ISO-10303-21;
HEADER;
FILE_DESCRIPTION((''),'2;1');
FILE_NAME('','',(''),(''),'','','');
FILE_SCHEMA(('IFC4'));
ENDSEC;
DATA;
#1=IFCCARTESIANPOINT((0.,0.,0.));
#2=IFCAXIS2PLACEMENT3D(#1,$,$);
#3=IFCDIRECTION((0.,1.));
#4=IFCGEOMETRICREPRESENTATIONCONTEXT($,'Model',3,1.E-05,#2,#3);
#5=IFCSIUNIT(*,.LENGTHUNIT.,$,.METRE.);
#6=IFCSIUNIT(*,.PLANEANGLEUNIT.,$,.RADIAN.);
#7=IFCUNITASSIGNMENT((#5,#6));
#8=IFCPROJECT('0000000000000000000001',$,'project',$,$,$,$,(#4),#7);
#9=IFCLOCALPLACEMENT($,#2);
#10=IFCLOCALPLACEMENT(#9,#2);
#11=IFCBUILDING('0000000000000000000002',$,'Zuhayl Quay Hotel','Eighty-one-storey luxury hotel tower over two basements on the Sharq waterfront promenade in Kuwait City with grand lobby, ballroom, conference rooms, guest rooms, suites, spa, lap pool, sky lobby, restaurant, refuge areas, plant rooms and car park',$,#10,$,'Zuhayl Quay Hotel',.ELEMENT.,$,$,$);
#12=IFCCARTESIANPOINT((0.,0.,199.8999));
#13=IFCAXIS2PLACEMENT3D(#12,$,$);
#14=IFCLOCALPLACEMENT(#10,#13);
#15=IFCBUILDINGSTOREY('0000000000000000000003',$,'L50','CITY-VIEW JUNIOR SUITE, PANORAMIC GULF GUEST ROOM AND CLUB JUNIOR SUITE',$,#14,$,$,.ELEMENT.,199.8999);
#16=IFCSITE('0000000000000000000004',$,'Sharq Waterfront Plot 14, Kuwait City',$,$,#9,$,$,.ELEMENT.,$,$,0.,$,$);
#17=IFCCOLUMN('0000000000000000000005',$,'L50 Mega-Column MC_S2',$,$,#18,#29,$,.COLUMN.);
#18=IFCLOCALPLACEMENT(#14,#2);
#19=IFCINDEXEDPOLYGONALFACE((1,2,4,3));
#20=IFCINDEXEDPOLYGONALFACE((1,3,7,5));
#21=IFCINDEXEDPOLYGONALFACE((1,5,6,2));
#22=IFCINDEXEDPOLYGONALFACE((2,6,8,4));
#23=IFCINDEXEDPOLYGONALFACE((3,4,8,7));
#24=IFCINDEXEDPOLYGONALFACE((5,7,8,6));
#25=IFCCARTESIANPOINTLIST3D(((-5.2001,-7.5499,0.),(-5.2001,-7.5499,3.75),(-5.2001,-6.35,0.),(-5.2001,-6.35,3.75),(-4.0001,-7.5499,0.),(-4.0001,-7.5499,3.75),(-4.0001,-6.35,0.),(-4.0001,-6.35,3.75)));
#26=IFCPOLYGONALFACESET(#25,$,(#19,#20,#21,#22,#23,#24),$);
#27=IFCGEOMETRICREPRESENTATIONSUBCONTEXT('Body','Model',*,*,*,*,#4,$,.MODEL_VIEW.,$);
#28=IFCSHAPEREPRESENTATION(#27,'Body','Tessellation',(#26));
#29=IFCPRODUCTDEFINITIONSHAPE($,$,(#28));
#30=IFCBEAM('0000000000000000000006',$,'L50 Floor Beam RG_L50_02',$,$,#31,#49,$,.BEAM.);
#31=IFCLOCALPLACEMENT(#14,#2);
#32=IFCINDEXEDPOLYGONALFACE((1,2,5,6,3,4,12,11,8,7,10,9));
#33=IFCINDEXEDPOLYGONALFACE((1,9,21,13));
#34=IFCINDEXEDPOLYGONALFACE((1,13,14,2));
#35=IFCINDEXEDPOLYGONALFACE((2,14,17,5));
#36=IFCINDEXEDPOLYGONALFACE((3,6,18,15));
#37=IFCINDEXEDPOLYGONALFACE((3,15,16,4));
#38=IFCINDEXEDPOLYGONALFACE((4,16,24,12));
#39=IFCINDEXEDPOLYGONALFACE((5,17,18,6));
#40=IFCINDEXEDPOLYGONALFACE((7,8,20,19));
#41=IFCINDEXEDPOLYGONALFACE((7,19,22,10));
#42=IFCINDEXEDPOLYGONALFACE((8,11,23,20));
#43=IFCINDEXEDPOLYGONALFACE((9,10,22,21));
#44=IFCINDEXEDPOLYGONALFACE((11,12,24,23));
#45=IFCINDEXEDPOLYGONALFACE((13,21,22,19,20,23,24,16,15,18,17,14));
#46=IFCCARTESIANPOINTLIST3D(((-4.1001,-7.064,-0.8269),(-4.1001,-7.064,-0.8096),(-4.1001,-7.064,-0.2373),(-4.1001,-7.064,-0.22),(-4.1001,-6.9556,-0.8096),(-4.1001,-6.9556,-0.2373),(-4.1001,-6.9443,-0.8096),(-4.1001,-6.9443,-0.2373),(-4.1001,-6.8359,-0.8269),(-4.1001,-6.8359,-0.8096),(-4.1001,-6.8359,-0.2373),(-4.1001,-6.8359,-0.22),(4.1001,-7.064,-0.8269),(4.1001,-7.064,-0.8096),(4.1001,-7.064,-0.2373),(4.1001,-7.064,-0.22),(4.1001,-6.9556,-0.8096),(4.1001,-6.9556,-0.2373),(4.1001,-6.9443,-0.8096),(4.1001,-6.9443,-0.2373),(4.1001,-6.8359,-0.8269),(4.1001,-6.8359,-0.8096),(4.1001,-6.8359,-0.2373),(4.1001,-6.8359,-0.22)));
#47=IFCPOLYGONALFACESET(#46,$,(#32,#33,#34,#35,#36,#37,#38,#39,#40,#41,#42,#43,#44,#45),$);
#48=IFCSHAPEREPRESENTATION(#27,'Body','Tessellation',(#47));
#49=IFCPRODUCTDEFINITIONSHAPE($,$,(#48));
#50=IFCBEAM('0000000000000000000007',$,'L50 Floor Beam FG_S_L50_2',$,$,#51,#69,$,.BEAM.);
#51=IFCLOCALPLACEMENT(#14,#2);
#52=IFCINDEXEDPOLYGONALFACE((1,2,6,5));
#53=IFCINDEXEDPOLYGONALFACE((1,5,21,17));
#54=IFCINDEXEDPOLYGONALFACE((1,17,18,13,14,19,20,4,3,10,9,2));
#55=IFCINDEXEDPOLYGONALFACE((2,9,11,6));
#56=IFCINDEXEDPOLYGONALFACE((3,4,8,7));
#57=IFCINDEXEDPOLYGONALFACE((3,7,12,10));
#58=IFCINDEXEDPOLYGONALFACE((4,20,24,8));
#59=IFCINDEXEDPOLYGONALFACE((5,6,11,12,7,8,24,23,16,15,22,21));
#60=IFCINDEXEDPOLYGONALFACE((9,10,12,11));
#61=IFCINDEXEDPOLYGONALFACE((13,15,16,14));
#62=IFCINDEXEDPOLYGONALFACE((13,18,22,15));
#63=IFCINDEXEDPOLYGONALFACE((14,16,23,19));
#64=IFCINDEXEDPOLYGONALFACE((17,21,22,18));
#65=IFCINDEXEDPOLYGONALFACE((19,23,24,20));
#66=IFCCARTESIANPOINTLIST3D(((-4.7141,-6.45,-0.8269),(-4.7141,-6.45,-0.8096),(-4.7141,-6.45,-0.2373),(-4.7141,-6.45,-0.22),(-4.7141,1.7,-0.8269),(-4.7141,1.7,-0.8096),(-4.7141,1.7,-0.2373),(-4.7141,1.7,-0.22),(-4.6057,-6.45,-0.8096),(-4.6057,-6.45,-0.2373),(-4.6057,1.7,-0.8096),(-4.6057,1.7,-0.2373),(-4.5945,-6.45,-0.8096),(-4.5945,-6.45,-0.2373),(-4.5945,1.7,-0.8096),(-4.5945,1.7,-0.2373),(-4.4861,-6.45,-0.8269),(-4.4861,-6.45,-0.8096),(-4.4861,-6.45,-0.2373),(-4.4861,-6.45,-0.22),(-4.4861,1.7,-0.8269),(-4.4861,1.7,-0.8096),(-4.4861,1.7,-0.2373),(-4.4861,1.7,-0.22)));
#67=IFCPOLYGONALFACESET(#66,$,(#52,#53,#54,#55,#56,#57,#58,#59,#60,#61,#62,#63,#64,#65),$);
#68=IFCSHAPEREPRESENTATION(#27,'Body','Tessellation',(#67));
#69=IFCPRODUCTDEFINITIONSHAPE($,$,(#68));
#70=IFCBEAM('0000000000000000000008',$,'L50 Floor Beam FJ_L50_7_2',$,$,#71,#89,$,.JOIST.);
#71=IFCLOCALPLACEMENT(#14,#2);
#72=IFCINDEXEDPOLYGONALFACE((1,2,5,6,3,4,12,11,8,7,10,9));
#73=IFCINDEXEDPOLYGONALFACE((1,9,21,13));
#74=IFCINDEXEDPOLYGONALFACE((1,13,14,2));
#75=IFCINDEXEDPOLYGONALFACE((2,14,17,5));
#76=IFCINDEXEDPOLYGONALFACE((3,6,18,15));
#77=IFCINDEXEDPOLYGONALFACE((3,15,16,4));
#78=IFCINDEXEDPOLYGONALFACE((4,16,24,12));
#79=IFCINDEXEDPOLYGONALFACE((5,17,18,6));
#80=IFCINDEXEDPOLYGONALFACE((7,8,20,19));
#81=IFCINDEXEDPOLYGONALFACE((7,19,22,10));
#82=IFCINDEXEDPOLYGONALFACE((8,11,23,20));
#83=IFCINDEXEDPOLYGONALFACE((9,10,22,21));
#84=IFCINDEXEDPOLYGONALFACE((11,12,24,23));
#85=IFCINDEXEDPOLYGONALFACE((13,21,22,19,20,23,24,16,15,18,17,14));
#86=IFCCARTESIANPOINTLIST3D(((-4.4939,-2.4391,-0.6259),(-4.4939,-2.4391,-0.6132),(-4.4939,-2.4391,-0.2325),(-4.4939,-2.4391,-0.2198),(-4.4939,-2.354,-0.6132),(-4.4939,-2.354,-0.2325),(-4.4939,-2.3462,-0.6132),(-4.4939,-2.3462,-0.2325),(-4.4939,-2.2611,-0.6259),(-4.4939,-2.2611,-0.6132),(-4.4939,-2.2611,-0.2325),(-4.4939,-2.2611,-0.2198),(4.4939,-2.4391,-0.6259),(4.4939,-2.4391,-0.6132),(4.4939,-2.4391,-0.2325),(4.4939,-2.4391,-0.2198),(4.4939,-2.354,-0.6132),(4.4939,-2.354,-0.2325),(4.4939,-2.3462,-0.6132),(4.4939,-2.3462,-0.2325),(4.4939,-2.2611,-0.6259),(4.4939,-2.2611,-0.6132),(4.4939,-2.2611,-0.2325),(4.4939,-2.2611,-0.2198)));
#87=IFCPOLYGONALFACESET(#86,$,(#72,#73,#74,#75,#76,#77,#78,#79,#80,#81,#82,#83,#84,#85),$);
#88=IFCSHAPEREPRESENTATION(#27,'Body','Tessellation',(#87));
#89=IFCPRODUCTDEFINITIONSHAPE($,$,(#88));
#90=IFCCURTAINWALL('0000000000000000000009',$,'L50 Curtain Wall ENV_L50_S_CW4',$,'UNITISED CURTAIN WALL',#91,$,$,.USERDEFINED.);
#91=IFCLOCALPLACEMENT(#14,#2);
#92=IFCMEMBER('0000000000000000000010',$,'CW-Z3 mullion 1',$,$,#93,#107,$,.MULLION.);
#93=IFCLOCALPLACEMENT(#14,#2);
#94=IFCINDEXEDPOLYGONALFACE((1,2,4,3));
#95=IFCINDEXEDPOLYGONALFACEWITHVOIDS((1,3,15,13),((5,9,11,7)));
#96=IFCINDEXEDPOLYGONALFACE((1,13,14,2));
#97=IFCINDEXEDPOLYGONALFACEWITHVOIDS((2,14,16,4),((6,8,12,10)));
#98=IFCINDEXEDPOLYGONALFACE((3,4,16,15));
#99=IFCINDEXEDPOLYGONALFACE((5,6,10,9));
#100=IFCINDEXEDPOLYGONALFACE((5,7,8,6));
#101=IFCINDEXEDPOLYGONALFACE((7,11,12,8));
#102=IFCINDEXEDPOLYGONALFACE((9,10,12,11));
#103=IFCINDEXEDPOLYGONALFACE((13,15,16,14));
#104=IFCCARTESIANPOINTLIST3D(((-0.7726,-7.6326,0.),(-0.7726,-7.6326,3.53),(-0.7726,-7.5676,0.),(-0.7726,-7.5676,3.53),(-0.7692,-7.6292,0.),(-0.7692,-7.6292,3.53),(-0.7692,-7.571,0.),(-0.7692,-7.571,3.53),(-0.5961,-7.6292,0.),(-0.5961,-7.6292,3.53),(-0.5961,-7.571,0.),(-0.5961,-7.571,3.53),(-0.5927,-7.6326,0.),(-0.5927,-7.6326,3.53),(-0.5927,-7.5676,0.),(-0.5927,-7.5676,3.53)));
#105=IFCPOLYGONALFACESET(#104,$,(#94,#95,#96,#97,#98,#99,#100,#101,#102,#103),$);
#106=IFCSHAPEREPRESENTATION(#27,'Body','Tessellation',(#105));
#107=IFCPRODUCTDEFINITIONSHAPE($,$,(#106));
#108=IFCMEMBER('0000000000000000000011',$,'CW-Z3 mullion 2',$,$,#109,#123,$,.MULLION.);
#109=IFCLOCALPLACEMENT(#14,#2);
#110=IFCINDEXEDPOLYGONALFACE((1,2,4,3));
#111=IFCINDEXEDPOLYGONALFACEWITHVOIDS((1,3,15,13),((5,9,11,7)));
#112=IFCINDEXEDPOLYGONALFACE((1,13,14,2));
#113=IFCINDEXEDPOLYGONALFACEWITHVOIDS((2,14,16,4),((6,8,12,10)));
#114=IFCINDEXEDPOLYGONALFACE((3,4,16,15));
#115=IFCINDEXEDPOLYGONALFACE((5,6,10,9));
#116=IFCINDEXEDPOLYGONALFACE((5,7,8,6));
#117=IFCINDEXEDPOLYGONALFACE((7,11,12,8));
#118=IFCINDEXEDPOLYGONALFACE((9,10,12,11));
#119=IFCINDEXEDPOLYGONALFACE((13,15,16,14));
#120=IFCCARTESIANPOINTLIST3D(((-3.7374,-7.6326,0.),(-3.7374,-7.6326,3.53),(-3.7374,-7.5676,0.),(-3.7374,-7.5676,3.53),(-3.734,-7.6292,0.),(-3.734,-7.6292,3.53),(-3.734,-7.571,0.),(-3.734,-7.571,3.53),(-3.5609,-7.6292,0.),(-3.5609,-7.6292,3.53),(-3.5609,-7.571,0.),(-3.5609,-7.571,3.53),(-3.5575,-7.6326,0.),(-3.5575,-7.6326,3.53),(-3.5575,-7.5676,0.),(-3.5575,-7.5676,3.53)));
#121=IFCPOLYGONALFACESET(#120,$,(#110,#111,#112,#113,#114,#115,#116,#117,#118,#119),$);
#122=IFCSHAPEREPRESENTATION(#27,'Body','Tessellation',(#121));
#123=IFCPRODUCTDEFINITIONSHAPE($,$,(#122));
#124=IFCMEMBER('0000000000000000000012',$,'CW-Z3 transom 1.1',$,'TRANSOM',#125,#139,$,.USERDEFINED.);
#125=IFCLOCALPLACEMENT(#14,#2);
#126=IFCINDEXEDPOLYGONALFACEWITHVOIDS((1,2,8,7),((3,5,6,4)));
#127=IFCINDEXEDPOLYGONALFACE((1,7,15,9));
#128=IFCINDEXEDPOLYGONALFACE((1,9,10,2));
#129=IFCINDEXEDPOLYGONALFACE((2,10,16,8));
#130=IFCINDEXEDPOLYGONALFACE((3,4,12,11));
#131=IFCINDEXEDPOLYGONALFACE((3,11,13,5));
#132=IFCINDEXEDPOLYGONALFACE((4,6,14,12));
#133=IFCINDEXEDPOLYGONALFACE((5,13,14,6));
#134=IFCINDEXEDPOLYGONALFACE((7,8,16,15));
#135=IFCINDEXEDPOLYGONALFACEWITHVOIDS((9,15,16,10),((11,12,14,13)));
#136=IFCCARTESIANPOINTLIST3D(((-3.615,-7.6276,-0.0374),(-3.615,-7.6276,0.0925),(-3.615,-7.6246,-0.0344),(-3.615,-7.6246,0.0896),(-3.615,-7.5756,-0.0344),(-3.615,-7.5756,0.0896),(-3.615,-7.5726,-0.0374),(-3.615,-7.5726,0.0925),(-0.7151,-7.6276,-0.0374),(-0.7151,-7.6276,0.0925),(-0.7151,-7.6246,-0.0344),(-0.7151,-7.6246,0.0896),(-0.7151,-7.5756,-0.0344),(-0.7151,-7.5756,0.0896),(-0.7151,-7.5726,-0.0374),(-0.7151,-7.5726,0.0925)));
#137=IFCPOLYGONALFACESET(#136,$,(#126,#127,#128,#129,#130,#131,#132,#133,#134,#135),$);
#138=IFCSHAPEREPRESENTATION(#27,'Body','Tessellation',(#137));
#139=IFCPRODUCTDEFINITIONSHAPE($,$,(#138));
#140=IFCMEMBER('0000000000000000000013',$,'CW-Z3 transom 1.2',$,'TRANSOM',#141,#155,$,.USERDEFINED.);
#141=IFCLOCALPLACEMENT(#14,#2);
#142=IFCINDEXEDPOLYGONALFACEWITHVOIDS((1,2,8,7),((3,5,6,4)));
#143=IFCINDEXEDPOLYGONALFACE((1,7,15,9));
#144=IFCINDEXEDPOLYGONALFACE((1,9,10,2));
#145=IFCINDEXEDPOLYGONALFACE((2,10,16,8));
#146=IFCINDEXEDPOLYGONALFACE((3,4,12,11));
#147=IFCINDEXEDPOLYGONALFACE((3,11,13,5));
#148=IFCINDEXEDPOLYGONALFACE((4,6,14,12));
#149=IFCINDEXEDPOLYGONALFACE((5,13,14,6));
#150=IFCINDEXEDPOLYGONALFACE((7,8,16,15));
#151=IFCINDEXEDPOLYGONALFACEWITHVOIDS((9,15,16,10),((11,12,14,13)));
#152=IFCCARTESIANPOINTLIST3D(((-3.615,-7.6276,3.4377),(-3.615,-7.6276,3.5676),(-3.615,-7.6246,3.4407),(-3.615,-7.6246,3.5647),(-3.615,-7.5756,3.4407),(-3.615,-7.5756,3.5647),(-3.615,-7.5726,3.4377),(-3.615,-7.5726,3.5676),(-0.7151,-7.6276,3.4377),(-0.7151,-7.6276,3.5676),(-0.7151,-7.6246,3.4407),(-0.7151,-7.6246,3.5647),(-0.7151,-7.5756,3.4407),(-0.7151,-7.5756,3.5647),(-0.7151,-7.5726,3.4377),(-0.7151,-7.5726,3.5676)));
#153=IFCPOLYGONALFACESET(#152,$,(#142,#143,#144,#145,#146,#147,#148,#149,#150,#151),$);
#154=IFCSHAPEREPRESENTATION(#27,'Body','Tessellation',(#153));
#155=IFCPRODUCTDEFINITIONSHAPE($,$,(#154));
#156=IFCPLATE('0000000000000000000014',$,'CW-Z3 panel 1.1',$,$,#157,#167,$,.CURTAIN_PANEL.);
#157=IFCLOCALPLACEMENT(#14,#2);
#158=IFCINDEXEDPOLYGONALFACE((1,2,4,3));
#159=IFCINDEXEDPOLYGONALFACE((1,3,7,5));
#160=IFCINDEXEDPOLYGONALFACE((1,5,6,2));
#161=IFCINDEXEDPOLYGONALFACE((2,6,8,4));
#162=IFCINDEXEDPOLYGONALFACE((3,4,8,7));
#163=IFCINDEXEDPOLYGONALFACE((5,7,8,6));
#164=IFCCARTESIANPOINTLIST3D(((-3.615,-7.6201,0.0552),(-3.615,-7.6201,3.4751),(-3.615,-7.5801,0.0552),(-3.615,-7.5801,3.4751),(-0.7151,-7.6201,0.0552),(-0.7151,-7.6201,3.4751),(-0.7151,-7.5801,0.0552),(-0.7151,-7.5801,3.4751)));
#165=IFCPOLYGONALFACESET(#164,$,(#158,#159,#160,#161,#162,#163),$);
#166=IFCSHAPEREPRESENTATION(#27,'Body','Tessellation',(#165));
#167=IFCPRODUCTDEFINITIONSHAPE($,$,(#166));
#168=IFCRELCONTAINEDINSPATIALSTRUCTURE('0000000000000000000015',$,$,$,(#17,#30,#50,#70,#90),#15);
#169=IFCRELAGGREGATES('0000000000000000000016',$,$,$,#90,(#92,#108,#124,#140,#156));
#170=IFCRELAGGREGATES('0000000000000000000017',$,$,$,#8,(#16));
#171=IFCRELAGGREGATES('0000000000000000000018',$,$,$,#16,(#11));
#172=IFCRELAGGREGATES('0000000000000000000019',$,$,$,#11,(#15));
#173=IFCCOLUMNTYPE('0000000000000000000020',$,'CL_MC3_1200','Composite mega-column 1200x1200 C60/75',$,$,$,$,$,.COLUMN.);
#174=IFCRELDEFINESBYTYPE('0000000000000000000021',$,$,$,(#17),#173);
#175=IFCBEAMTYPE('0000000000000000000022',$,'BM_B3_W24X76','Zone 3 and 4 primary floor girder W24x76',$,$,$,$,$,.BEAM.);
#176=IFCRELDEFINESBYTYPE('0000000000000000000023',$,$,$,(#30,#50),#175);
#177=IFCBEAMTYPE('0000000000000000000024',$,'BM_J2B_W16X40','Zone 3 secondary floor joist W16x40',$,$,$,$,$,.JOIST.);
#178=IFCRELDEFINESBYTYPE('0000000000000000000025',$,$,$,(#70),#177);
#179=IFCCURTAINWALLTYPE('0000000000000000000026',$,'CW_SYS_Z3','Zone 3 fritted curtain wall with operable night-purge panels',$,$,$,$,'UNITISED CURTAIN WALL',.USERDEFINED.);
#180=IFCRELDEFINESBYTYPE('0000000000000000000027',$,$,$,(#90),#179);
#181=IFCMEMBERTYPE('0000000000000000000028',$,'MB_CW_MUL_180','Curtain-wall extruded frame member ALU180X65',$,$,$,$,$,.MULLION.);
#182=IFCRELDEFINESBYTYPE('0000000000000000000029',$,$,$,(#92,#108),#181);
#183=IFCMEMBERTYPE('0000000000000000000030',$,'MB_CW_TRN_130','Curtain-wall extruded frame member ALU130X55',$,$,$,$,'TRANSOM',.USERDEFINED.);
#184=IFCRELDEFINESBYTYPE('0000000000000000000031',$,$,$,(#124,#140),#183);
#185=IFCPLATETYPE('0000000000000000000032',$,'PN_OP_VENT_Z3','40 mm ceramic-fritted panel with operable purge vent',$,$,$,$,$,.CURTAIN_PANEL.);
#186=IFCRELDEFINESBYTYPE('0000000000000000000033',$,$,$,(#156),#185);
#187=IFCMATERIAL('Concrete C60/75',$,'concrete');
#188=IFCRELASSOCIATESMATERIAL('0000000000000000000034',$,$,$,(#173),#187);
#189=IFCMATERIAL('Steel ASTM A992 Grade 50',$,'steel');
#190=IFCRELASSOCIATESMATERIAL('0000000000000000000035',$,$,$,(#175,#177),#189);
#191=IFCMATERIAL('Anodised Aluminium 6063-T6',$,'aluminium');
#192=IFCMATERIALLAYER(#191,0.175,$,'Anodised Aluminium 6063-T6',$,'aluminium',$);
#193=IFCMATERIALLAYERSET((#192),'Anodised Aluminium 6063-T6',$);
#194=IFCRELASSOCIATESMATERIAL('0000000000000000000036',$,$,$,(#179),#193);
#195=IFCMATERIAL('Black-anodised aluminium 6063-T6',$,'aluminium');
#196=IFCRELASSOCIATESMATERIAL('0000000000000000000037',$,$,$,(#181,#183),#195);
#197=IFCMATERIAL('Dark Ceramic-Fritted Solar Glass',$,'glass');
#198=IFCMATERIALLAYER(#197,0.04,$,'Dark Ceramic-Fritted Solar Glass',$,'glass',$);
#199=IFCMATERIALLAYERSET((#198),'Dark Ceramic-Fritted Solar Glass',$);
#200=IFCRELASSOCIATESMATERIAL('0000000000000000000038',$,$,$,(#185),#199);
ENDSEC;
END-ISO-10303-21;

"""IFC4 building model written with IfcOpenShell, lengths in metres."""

from ifc_helpers import new_model, si_unit, direction, frame, origin, origin_2d, place, context, subcontext, project, spatial, rectangle, hollow_rectangle, i_section, extrude, material, layer, layer_set, material_profile, profile_set, type_object, element, aggregate, save


model = new_model("IFC4")

# Units and contexts
model_context = context("Model", 3, precision=1e-05, world=origin(), true_north=direction((0.0, 1.0)))
body_context = subcontext(model_context, "Body", "Model", "MODEL_VIEW")
ifc_project = project(units=[si_unit("LENGTHUNIT", "METRE"), si_unit("PLANEANGLEUNIT", "RADIAN")], contexts=[model_context])

# Site, building, storey
site_placement = place(None, origin())
site = spatial("IfcSite", under=ifc_project, at=site_placement, Name="Sharq Waterfront Plot 14, Kuwait City", CompositionType="ELEMENT", RefElevation=0.0)
building_placement = place(site_placement, origin())
building = spatial("IfcBuilding", under=site, at=building_placement, Name="Zuhayl Quay Hotel", Description="Eighty-one-storey luxury hotel tower over two basements on the Sharq waterfront promenade in Kuwait City with grand lobby, ballroom, conference rooms, guest rooms, suites, spa, lap pool, sky lobby, restaurant, refuge areas, plant rooms and car park", LongName="Zuhayl Quay Hotel", CompositionType="ELEMENT")
storey_placement = place(building_placement, frame((0.0, 0.0, 199.8999)))
storey = spatial("IfcBuildingStorey", under=building, at=storey_placement, Name="L50", Description="CITY-VIEW JUNIOR SUITE, PANORAMIC GULF GUEST ROOM AND CLUB JUNIOR SUITE", CompositionType="ELEMENT", Elevation=199.8999)

# Column
ifc_material_1 = material(Name="Concrete C60/75", Category="concrete")
ifc_material_profile_1 = material_profile(ifc_material_1, rectangle(XDim=1.2, YDim=1.2, at=origin_2d()), Name="RC1200X1200")
ifc_profile_set_1 = profile_set([ifc_material_profile_1], Name="Concrete C60/75")
column_type = type_object("IfcColumnType", Name="CL_MC3_1200", Description="Composite mega-column 1200x1200 C60/75", PredefinedType="COLUMN", material=ifc_profile_set_1)
column_placement = place(storey_placement, frame((-4.6001, -6.95, 0.0), z_axis=(0.0, 0.0, 1.0), x_axis=(1.0, 0.0, 0.0)))
element("IfcColumn", 1, at=column_placement, inside=storey, type_object=column_type, Name="L50 Mega-Column MC_S2", PredefinedType="COLUMN", context=body_context, shape_type="SweptSolid", body=[
    extrude(rectangle(XDim=1.2, YDim=1.2, at=origin_2d()), origin(), (0.0, 0.0, 1.0), 3.75),
])

# Beams
ifc_material_2 = material(Name="Steel ASTM A992 Grade 50", Category="steel")
ifc_material_profile_2 = material_profile(ifc_material_2, i_section(OverallWidth=0.228, OverallDepth=0.6069, WebThickness=0.0112, FlangeThickness=0.0173, at=origin_2d()), Name="W24X76")
ifc_profile_set_2 = profile_set([ifc_material_profile_2], Name="Steel ASTM A992 Grade 50")
beam_type_1 = type_object("IfcBeamType", Name="BM_B3_W24X76", Description="Zone 3 and 4 primary floor girder W24x76", PredefinedType="BEAM", material=ifc_profile_set_2)
beam_1_placement = place(storey_placement, frame((-4.1001, -6.95, -0.5234), z_axis=(1.0, 0.0, 0.0), x_axis=(0.0, 1.0, 0.0)))
element("IfcBeam", 2, at=beam_1_placement, inside=storey, type_object=beam_type_1, Name="L50 Floor Beam RG_L50_02", PredefinedType="BEAM", context=body_context, shape_type="SweptSolid", body=[
    extrude(i_section(OverallWidth=0.228, OverallDepth=0.6069, WebThickness=0.0112, FlangeThickness=0.0173, at=origin_2d()), origin(), (0.0, 0.0, 1.0), 8.2002),
])
beam_2_placement = place(storey_placement, frame((-4.6001, -6.45, -0.5234), z_axis=(0.0, 1.0, 0.0), x_axis=(-1.0, 0.0, 0.0)))
element("IfcBeam", 3, at=beam_2_placement, inside=storey, type_object=beam_type_1, Name="L50 Floor Beam FG_S_L50_2", PredefinedType="BEAM", context=body_context, shape_type="SweptSolid", body=[
    extrude(i_section(OverallWidth=0.228, OverallDepth=0.6069, WebThickness=0.0112, FlangeThickness=0.0173, at=origin_2d()), origin(), (0.0, 0.0, 1.0), 8.1499),
])
ifc_material_profile_3 = material_profile(ifc_material_2, i_section(OverallWidth=0.178, OverallDepth=0.406, WebThickness=0.0078, FlangeThickness=0.0127, at=origin_2d()), Name="W16X40")
ifc_profile_set_3 = profile_set([ifc_material_profile_3], Name="Steel ASTM A992 Grade 50")
beam_type_2 = type_object("IfcBeamType", Name="BM_J2B_W16X40", Description="Zone 3 secondary floor joist W16x40", PredefinedType="JOIST", material=ifc_profile_set_3)
beam_3_placement = place(storey_placement, frame((-4.4939, -2.3501, -0.4229), z_axis=(1.0, 0.0, 0.0), x_axis=(0.0, 1.0, 0.0)))
element("IfcBeam", 4, at=beam_3_placement, inside=storey, type_object=beam_type_2, Name="L50 Floor Beam FJ_L50_7_2", PredefinedType="JOIST", context=body_context, shape_type="SweptSolid", body=[
    extrude(i_section(OverallWidth=0.178, OverallDepth=0.406, WebThickness=0.0078, FlangeThickness=0.0127, at=origin_2d()), origin(), (0.0, 0.0, 1.0), 8.9878),
])

# Curtain wall, members, plate
ifc_material_3 = material(Name="Anodised Aluminium 6063-T6", Category="aluminium")
ifc_layer_1 = layer(ifc_material_3, 0.175, Name="Anodised Aluminium 6063-T6", Category="aluminium")
ifc_layer_set_1 = layer_set([ifc_layer_1], Name="Anodised Aluminium 6063-T6")
curtain_wall_type = type_object("IfcCurtainWallType", Name="CW_SYS_Z3", Description="Zone 3 fritted curtain wall with operable night-purge panels", ElementType="UNITISED CURTAIN WALL", PredefinedType="USERDEFINED", material=ifc_layer_set_1)
curtain_wall_placement = place(storey_placement, origin())
curtain_wall = element("IfcCurtainWall", 5, at=curtain_wall_placement, inside=storey, type_object=curtain_wall_type, Name="L50 Curtain Wall ENV_L50_S_CW4", ObjectType="UNITISED CURTAIN WALL", PredefinedType="USERDEFINED")
ifc_material_4 = material(Name="Black-anodised aluminium 6063-T6", Category="aluminium")
ifc_material_profile_4 = material_profile(ifc_material_4, hollow_rectangle(XDim=0.0649, YDim=0.1799, WallThickness=0.0034, at=origin_2d()), Name="ALU180X65")
ifc_profile_set_4 = profile_set([ifc_material_profile_4], Name="Black-anodised aluminium 6063-T6")
member_type_1 = type_object("IfcMemberType", Name="MB_CW_MUL_180", Description="Curtain-wall extruded frame member ALU180X65", PredefinedType="MULLION", material=ifc_profile_set_4)
member_1_placement = place(storey_placement, frame((-0.6826, -7.6001, 0.0), z_axis=(0.0, 0.0, 1.0), x_axis=(0.0, -1.0, 0.0)))
member_1 = element("IfcMember", 6, at=member_1_placement, type_object=member_type_1, Name="CW-Z3 mullion 1", PredefinedType="MULLION", context=body_context, shape_type="SweptSolid", body=[
    extrude(hollow_rectangle(XDim=0.0649, YDim=0.1799, WallThickness=0.0034, at=origin_2d()), origin(), (0.0, 0.0, 1.0), 3.53),
])
member_2_placement = place(storey_placement, frame((-3.6475, -7.6001, 0.0), z_axis=(0.0, 0.0, 1.0), x_axis=(0.0, -1.0, 0.0)))
member_2 = element("IfcMember", 7, at=member_2_placement, type_object=member_type_1, Name="CW-Z3 mullion 2", PredefinedType="MULLION", context=body_context, shape_type="SweptSolid", body=[
    extrude(hollow_rectangle(XDim=0.0649, YDim=0.1799, WallThickness=0.0034, at=origin_2d()), origin(), (0.0, 0.0, 1.0), 3.53),
])
ifc_material_profile_5 = material_profile(ifc_material_4, hollow_rectangle(XDim=0.0549, YDim=0.1299, WallThickness=0.0029, at=origin_2d()), Name="ALU130X55")
ifc_profile_set_5 = profile_set([ifc_material_profile_5], Name="Black-anodised aluminium 6063-T6")
member_type_2 = type_object("IfcMemberType", Name="MB_CW_TRN_130", Description="Curtain-wall extruded frame member ALU130X55", ElementType="TRANSOM", PredefinedType="USERDEFINED", material=ifc_profile_set_5)
member_3_placement = place(storey_placement, frame((-0.7151, -7.6001, 0.0276), z_axis=(-1.0, 0.0, 0.0), x_axis=(0.0, -1.0, 0.0)))
member_3 = element("IfcMember", 8, at=member_3_placement, type_object=member_type_2, Name="CW-Z3 transom 1.1", ObjectType="TRANSOM", PredefinedType="USERDEFINED", context=body_context, shape_type="SweptSolid", body=[
    extrude(hollow_rectangle(XDim=0.0549, YDim=0.1299, WallThickness=0.0029, at=origin_2d()), origin(), (0.0, 0.0, 1.0), 2.8999),
])
member_4_placement = place(storey_placement, frame((-0.7151, -7.6001, 3.5027), z_axis=(-1.0, 0.0, 0.0), x_axis=(0.0, -1.0, 0.0)))
member_4 = element("IfcMember", 9, at=member_4_placement, type_object=member_type_2, Name="CW-Z3 transom 1.2", ObjectType="TRANSOM", PredefinedType="USERDEFINED", context=body_context, shape_type="SweptSolid", body=[
    extrude(hollow_rectangle(XDim=0.0549, YDim=0.1299, WallThickness=0.0029, at=origin_2d()), origin(), (0.0, 0.0, 1.0), 2.8999),
])
ifc_material_5 = material(Name="Dark Ceramic-Fritted Solar Glass", Category="glass")
ifc_layer_2 = layer(ifc_material_5, 0.04, Name="Dark Ceramic-Fritted Solar Glass", Category="glass")
ifc_layer_set_2 = layer_set([ifc_layer_2], Name="Dark Ceramic-Fritted Solar Glass")
plate_type = type_object("IfcPlateType", Name="PN_OP_VENT_Z3", Description="40 mm ceramic-fritted panel with operable purge vent", PredefinedType="CURTAIN_PANEL", material=ifc_layer_set_2)
plate_placement = place(storey_placement, frame((-2.165, -7.6001, 0.0552), z_axis=(0.0, 0.0, 1.0), x_axis=(-1.0, 0.0, 0.0)))
plate = element("IfcPlate", 10, at=plate_placement, type_object=plate_type, Name="CW-Z3 panel 1.1", PredefinedType="CURTAIN_PANEL", context=body_context, shape_type="SweptSolid", body=[
    extrude(rectangle(XDim=2.8999, YDim=0.04, at=origin_2d()), origin(), (0.0, 0.0, 1.0), 3.4199),
])
aggregate(curtain_wall, [member_1, member_2, member_3, member_4, plate])

save(model, "model.ifc")
